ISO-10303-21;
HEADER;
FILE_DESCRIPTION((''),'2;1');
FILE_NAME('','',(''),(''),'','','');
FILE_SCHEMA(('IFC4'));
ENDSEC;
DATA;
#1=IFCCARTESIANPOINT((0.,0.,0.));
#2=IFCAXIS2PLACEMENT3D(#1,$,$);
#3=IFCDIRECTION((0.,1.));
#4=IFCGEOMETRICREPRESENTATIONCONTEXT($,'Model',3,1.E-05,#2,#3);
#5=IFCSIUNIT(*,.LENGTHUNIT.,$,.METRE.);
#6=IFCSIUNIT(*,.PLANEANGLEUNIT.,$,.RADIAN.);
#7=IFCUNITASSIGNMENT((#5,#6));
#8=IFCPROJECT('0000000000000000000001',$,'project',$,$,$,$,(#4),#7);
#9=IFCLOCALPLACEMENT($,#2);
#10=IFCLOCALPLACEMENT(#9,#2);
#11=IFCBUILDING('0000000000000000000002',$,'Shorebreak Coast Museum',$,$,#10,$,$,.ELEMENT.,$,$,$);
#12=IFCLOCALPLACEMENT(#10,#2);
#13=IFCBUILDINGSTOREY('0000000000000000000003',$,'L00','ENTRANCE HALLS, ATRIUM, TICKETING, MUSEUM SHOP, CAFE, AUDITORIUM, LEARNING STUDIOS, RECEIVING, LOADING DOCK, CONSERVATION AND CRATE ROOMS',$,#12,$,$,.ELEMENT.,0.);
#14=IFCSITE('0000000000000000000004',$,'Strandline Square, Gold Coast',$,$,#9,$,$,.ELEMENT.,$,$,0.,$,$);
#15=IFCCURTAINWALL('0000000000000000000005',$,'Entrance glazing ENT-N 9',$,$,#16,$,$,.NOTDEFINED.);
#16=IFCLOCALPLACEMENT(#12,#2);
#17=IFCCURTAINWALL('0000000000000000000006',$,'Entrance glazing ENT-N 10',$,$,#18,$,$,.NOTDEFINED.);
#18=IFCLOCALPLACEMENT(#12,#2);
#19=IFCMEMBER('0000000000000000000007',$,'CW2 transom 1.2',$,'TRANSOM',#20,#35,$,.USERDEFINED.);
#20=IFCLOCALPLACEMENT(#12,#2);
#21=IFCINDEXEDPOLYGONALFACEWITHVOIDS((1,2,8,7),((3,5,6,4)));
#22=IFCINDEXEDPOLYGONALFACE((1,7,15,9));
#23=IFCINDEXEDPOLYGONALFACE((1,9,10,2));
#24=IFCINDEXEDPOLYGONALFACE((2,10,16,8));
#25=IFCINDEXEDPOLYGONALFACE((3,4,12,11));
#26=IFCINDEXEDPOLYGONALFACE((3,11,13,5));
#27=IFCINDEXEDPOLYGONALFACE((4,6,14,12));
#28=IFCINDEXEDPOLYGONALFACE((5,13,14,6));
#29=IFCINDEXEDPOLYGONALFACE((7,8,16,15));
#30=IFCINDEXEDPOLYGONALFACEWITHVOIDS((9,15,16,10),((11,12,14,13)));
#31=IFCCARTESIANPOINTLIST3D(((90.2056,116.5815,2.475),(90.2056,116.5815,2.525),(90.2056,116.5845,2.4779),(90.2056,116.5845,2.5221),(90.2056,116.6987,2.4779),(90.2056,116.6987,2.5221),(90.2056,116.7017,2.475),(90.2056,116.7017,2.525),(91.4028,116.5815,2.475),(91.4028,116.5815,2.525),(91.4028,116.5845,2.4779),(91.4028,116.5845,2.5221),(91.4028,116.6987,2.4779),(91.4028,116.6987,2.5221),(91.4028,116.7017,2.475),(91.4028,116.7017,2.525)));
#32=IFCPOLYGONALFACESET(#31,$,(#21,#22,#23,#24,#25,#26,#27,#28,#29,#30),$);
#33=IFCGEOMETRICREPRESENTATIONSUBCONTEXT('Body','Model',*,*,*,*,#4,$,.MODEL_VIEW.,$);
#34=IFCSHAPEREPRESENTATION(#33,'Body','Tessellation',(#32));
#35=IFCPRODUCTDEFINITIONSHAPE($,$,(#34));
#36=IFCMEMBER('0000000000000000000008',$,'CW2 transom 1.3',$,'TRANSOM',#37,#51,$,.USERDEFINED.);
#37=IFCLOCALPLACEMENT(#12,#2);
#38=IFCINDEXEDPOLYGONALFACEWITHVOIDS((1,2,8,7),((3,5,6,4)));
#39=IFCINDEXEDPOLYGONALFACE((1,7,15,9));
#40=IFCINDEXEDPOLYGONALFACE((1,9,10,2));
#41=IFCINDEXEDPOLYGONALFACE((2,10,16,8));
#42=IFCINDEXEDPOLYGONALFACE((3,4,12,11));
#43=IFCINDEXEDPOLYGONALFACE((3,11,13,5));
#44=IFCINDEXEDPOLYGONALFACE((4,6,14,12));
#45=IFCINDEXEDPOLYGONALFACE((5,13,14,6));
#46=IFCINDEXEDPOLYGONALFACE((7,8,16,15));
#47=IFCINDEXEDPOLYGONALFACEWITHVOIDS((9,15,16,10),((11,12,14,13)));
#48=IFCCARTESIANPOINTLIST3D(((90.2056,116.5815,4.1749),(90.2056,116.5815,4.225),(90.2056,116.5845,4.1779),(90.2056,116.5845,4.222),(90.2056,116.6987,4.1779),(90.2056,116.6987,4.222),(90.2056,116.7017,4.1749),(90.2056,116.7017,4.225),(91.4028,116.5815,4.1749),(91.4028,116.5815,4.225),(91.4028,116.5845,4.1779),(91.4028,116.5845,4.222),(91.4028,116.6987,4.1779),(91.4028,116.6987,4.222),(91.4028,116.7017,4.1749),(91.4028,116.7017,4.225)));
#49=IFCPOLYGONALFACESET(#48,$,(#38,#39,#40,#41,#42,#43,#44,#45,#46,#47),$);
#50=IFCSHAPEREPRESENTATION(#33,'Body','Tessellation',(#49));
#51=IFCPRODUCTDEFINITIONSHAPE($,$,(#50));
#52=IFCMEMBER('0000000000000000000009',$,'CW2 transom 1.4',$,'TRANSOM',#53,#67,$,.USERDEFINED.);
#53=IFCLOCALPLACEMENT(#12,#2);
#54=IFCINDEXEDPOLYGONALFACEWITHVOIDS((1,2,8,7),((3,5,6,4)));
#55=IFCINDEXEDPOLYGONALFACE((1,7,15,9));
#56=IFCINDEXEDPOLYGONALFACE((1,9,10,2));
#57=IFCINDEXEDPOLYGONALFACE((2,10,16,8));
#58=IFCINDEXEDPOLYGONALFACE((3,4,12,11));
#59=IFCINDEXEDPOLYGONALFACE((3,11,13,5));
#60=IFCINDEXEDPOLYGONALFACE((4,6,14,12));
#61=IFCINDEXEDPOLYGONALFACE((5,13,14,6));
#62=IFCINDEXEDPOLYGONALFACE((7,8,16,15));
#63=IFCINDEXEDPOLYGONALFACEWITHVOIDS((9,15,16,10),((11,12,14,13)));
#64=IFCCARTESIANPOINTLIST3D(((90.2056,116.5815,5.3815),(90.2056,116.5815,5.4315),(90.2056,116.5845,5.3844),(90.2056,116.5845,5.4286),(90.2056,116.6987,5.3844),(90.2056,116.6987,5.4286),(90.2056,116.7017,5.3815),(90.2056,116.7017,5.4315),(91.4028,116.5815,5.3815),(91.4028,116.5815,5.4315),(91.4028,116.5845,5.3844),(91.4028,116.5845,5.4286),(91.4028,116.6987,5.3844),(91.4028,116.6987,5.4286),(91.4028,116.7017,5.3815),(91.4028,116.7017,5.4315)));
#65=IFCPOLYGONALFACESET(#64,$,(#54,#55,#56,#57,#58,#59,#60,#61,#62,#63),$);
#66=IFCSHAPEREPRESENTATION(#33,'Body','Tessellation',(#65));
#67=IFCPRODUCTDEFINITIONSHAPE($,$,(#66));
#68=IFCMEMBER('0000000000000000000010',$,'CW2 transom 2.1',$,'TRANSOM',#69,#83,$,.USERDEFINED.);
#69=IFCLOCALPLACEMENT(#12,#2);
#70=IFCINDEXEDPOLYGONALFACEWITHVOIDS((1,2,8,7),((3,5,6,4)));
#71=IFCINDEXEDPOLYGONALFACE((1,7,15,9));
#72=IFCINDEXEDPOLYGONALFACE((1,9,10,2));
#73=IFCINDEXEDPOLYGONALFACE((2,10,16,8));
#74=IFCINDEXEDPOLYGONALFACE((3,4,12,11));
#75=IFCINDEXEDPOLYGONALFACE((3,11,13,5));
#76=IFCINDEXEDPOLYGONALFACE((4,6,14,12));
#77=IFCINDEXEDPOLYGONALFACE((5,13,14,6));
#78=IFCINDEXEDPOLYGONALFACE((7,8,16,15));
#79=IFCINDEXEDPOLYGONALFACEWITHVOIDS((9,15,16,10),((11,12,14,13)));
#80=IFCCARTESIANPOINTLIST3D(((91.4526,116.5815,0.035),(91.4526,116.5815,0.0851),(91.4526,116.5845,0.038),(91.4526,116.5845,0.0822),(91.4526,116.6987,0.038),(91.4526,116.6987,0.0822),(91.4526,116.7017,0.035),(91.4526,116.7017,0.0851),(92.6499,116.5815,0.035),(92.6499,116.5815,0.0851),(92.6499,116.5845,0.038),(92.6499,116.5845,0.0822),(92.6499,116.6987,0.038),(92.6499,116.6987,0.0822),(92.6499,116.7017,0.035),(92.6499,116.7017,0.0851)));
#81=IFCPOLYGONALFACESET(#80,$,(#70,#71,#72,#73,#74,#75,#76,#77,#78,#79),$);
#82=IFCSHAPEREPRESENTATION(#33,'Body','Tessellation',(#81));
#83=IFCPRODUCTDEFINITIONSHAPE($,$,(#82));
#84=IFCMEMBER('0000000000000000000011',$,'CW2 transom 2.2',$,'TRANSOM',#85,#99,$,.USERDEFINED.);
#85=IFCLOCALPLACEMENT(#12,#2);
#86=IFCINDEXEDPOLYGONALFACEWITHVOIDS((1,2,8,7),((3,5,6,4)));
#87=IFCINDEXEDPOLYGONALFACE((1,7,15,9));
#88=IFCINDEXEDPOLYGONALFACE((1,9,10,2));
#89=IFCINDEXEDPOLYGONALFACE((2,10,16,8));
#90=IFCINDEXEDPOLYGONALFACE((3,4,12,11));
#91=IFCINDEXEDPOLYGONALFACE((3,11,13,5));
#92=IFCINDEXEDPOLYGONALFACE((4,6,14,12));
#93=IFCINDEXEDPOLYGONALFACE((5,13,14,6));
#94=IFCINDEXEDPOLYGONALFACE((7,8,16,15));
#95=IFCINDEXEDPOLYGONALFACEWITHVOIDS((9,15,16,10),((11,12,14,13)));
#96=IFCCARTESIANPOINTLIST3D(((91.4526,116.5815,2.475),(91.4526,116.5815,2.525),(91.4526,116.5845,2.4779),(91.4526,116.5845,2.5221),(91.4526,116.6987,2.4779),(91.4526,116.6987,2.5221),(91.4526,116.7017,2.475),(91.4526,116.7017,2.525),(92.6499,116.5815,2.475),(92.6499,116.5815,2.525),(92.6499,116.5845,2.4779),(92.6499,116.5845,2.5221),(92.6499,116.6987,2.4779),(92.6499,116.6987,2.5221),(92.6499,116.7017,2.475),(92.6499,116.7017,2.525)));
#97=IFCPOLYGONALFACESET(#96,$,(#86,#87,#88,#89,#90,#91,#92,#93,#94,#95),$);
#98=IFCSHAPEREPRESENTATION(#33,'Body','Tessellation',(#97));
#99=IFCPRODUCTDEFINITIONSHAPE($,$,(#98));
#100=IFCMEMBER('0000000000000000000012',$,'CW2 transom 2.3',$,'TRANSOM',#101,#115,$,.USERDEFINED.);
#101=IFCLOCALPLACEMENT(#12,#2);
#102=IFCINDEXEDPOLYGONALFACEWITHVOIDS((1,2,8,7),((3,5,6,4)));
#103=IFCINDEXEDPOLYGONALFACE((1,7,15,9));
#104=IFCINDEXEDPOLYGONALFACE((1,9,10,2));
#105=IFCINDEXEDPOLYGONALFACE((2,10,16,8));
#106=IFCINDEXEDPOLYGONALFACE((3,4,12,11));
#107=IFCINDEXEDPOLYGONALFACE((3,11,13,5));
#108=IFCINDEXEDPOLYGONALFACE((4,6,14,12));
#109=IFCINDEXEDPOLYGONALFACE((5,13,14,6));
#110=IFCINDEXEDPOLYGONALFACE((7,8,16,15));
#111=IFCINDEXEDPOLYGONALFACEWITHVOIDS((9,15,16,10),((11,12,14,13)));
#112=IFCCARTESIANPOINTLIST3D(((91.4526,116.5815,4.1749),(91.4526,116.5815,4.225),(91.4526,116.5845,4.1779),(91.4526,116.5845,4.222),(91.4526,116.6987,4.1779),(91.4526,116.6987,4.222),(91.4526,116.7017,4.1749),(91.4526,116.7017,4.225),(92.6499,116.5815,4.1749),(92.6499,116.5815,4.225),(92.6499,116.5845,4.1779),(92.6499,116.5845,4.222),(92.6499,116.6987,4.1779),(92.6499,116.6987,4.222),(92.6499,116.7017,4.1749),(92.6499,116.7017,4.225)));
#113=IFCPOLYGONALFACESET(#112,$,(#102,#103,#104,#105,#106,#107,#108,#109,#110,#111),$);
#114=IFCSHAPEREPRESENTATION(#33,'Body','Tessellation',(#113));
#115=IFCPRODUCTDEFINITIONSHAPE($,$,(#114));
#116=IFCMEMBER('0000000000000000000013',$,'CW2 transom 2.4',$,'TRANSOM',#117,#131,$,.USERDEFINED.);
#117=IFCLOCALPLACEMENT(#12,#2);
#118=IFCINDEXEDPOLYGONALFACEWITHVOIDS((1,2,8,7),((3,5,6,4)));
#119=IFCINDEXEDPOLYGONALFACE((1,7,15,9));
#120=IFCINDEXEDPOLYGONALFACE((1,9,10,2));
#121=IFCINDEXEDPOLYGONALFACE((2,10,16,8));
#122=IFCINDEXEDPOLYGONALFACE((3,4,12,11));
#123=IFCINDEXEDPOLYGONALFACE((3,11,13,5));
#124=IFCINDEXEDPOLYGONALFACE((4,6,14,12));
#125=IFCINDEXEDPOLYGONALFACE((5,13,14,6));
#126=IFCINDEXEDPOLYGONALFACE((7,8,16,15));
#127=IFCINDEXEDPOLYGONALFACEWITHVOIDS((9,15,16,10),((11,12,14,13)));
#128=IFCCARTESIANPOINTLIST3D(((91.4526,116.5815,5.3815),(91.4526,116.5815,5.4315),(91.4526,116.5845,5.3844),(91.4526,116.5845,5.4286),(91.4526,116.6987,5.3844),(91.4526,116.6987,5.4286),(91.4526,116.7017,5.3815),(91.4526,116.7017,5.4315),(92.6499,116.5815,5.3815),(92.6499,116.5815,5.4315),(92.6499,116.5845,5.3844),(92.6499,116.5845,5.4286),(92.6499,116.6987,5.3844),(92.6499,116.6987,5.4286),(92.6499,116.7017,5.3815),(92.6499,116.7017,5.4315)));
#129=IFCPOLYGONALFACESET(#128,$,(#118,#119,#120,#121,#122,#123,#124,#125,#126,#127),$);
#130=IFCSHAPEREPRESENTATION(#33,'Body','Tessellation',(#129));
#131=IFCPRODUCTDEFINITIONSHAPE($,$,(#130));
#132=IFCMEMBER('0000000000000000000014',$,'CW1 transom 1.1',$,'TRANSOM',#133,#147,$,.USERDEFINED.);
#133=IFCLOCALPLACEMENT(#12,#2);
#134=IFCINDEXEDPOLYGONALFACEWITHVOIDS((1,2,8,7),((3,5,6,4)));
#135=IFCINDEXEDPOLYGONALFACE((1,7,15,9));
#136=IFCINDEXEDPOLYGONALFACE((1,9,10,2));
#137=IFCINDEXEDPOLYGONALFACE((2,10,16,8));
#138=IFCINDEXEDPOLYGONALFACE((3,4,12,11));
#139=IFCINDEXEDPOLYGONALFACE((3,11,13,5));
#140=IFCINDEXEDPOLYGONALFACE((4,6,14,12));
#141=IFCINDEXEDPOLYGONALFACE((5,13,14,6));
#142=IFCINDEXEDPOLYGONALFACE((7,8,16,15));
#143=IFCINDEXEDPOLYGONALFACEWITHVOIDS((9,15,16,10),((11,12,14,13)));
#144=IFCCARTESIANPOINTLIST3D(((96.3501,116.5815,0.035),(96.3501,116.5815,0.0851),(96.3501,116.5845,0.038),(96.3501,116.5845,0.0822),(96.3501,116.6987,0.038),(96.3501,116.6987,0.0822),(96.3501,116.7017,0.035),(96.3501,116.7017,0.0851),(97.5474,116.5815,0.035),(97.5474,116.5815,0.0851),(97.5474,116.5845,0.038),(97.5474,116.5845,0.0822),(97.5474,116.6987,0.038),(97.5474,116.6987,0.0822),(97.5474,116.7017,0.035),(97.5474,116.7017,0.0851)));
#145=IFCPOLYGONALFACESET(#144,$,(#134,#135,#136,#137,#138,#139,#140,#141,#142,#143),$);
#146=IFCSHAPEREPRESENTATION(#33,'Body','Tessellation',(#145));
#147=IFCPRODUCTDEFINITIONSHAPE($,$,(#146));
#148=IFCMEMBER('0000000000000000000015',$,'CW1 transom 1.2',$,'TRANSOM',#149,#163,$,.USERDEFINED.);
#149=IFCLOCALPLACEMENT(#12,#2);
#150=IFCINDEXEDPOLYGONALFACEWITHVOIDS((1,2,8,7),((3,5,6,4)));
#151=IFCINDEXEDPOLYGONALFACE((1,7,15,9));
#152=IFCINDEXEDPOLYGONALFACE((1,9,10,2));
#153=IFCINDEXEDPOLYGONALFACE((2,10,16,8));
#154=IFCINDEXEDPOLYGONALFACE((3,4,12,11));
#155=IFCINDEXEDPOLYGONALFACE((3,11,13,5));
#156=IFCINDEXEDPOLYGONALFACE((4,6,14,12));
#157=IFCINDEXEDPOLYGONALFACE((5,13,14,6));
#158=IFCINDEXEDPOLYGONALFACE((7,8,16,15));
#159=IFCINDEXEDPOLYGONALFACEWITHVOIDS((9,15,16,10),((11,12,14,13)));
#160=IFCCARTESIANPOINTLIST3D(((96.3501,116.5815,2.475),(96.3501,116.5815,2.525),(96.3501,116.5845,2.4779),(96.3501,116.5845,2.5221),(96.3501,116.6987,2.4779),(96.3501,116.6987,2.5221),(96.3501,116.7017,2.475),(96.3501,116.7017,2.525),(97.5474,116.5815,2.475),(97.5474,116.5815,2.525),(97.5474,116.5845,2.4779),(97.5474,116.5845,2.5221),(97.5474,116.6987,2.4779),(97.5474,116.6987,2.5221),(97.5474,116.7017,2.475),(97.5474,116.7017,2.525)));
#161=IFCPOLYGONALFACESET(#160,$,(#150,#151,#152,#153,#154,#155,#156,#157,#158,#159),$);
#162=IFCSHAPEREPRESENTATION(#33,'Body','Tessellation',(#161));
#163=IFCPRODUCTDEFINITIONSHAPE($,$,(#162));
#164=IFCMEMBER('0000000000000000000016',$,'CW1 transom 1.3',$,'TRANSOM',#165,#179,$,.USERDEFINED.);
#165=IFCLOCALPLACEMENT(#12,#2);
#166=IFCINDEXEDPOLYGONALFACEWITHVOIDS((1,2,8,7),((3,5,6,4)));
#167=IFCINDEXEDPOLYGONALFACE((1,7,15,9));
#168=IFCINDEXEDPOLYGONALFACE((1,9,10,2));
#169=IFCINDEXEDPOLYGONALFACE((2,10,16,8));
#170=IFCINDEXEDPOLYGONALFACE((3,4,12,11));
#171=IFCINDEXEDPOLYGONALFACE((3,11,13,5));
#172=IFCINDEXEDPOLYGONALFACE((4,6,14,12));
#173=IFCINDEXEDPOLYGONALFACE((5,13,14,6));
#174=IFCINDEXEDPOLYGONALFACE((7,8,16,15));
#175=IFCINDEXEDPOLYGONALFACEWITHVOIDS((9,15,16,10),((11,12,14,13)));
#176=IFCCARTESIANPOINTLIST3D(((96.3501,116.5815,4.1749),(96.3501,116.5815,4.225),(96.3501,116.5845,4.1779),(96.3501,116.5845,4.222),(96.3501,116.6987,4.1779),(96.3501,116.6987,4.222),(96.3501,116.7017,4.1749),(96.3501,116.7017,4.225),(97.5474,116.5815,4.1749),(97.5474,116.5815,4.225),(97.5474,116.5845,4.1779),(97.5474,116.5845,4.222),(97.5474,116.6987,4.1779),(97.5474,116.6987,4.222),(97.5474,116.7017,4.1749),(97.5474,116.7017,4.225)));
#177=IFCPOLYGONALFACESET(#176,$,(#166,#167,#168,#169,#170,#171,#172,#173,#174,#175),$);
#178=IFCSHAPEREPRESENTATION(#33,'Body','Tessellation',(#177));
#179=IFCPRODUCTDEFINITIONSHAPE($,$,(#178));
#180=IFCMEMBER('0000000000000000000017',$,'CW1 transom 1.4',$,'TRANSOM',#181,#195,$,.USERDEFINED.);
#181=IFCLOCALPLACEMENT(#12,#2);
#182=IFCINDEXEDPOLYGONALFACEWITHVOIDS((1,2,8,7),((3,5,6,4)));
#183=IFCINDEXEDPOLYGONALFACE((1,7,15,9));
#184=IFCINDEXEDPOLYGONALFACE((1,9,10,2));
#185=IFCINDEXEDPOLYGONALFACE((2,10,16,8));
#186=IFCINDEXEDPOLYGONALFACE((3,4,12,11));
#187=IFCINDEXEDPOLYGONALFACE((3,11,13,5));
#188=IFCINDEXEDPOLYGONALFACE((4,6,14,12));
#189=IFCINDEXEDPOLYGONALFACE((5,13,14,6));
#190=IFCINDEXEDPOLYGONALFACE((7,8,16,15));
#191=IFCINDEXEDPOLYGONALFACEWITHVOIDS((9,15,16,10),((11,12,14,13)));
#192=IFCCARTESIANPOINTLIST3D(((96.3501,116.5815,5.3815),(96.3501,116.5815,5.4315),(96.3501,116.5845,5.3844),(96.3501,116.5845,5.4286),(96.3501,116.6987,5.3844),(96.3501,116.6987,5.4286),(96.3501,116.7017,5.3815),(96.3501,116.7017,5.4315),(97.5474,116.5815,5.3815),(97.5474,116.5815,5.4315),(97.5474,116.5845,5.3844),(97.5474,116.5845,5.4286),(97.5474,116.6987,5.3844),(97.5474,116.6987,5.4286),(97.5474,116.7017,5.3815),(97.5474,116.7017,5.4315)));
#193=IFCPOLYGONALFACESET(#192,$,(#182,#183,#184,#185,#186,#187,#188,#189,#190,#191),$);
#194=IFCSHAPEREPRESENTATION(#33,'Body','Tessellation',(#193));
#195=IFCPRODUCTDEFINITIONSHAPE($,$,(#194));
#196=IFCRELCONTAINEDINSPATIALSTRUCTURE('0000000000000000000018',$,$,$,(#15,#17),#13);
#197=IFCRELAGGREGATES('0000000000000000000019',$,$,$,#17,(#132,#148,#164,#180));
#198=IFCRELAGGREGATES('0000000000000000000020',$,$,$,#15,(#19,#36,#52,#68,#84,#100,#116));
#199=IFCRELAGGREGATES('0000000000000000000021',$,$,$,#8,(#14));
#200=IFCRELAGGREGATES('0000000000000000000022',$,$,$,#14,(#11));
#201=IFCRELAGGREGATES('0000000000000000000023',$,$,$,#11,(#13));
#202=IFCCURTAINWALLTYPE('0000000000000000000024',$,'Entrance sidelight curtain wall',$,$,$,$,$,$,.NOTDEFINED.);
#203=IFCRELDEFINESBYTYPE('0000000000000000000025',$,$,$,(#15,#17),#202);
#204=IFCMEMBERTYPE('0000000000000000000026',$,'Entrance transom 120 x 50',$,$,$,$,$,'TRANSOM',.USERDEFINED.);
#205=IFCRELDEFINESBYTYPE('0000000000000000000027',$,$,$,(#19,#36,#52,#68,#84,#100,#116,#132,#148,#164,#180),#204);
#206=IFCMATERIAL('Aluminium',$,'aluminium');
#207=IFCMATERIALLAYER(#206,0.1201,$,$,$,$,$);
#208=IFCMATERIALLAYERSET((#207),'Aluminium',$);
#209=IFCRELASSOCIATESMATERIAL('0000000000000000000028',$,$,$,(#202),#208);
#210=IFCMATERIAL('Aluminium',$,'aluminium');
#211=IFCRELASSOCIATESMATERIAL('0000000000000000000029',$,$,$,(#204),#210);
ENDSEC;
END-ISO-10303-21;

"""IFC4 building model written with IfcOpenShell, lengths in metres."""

from ifc_helpers import new_model, si_unit, direction, frame, origin, origin_2d, place, context, subcontext, project, spatial, hollow_rectangle, extrude, material, layer, layer_set, material_profile, profile_set, type_object, element, aggregate, save


model = new_model("IFC4")

# Units and contexts
model_context = context("Model", 3, precision=1e-05, world=origin(), true_north=direction((0.0, 1.0)))
body_context = subcontext(model_context, "Body", "Model", "MODEL_VIEW")
ifc_project = project(units=[si_unit("LENGTHUNIT", "METRE"), si_unit("PLANEANGLEUNIT", "RADIAN")], contexts=[model_context])

# Site, building, storey
site_placement = place(None, origin())
site = spatial("IfcSite", under=ifc_project, at=site_placement, Name="Strandline Square, Gold Coast", CompositionType="ELEMENT", RefElevation=0.0)
building_placement = place(site_placement, origin())
building = spatial("IfcBuilding", under=site, at=building_placement, Name="Shorebreak Coast Museum", CompositionType="ELEMENT")
storey_placement = place(building_placement, origin())
storey = spatial("IfcBuildingStorey", under=building, at=storey_placement, Name="L00", Description="ENTRANCE HALLS, ATRIUM, TICKETING, MUSEUM SHOP, CAFE, AUDITORIUM, LEARNING STUDIOS, RECEIVING, LOADING DOCK, CONSERVATION AND CRATE ROOMS", CompositionType="ELEMENT", Elevation=0.0)

# Curtain wall
ifc_material_1 = material(Name="Aluminium", Category="aluminium")
ifc_layer_1 = layer(ifc_material_1, 0.1201)
ifc_layer_set_1 = layer_set([ifc_layer_1], Name="Aluminium")
curtain_wall_type = type_object("IfcCurtainWallType", Name="Entrance sidelight curtain wall", PredefinedType="NOTDEFINED", material=ifc_layer_set_1)
curtain_wall_1_placement = place(storey_placement, origin())
curtain_wall_1 = element("IfcCurtainWall", 1, at=curtain_wall_1_placement, inside=storey, type_object=curtain_wall_type, Name="Entrance glazing ENT-N 9", PredefinedType="NOTDEFINED")

# Curtain wall
curtain_wall_2_placement = place(storey_placement, origin())
curtain_wall_2 = element("IfcCurtainWall", 2, at=curtain_wall_2_placement, inside=storey, type_object=curtain_wall_type, Name="Entrance glazing ENT-N 10", PredefinedType="NOTDEFINED")

# Members
ifc_material_2 = material(Name="Aluminium", Category="aluminium")
ifc_material_profile_1 = material_profile(ifc_material_2, hollow_rectangle(XDim=0.1201, YDim=0.05, WallThickness=0.0029, at=origin_2d()), Name="AL 50x120 RHS")
ifc_profile_set_1 = profile_set([ifc_material_profile_1], Name="Aluminium")
member_type_1 = type_object("IfcMemberType", Name="Entrance transom 120 x 50", ElementType="TRANSOM", PredefinedType="USERDEFINED", material=ifc_profile_set_1)
member_1_placement = place(storey_placement, frame((90.2056, 116.6416, 2.5), z_axis=(1.0, 0.0, 0.0), x_axis=(0.0, 1.0, 0.0)))
member_1 = element("IfcMember", 3, at=member_1_placement, type_object=member_type_1, Name="CW2 transom 1.2", ObjectType="TRANSOM", PredefinedType="USERDEFINED", context=body_context, shape_type="SweptSolid", body=[
    extrude(hollow_rectangle(XDim=0.1201, YDim=0.05, WallThickness=0.0029, at=origin_2d()), origin(), (0.0, 0.0, 1.0), 1.1973),
])
member_2_placement = place(storey_placement, frame((90.2056, 116.6416, 4.2), z_axis=(1.0, 0.0, 0.0), x_axis=(0.0, 1.0, 0.0)))
member_2 = element("IfcMember", 4, at=member_2_placement, type_object=member_type_1, Name="CW2 transom 1.3", ObjectType="TRANSOM", PredefinedType="USERDEFINED", context=body_context, shape_type="SweptSolid", body=[
    extrude(hollow_rectangle(XDim=0.1201, YDim=0.05, WallThickness=0.0029, at=origin_2d()), origin(), (0.0, 0.0, 1.0), 1.1973),
])
member_3_placement = place(storey_placement, frame((90.2056, 116.6416, 5.4065), z_axis=(1.0, 0.0, 0.0), x_axis=(0.0, 1.0, 0.0)))
member_3 = element("IfcMember", 5, at=member_3_placement, type_object=member_type_1, Name="CW2 transom 1.4", ObjectType="TRANSOM", PredefinedType="USERDEFINED", context=body_context, shape_type="SweptSolid", body=[
    extrude(hollow_rectangle(XDim=0.1201, YDim=0.05, WallThickness=0.0029, at=origin_2d()), origin(), (0.0, 0.0, 1.0), 1.1973),
])
member_4_placement = place(storey_placement, frame((91.4526, 116.6416, 0.0601), z_axis=(1.0, 0.0, 0.0), x_axis=(0.0, 1.0, 0.0)))
member_4 = element("IfcMember", 6, at=member_4_placement, type_object=member_type_1, Name="CW2 transom 2.1", ObjectType="TRANSOM", PredefinedType="USERDEFINED", context=body_context, shape_type="SweptSolid", body=[
    extrude(hollow_rectangle(XDim=0.1201, YDim=0.05, WallThickness=0.0029, at=origin_2d()), origin(), (0.0, 0.0, 1.0), 1.1973),
])
member_5_placement = place(storey_placement, frame((91.4526, 116.6416, 2.5), z_axis=(1.0, 0.0, 0.0), x_axis=(0.0, 1.0, 0.0)))
member_5 = element("IfcMember", 7, at=member_5_placement, type_object=member_type_1, Name="CW2 transom 2.2", ObjectType="TRANSOM", PredefinedType="USERDEFINED", context=body_context, shape_type="SweptSolid", body=[
    extrude(hollow_rectangle(XDim=0.1201, YDim=0.05, WallThickness=0.0029, at=origin_2d()), origin(), (0.0, 0.0, 1.0), 1.1973),
])
member_6_placement = place(storey_placement, frame((91.4526, 116.6416, 4.2), z_axis=(1.0, 0.0, 0.0), x_axis=(0.0, 1.0, 0.0)))
member_6 = element("IfcMember", 8, at=member_6_placement, type_object=member_type_1, Name="CW2 transom 2.3", ObjectType="TRANSOM", PredefinedType="USERDEFINED", context=body_context, shape_type="SweptSolid", body=[
    extrude(hollow_rectangle(XDim=0.1201, YDim=0.05, WallThickness=0.0029, at=origin_2d()), origin(), (0.0, 0.0, 1.0), 1.1973),
])
member_7_placement = place(storey_placement, frame((91.4526, 116.6416, 5.4065), z_axis=(1.0, 0.0, 0.0), x_axis=(0.0, 1.0, 0.0)))
member_7 = element("IfcMember", 9, at=member_7_placement, type_object=member_type_1, Name="CW2 transom 2.4", ObjectType="TRANSOM", PredefinedType="USERDEFINED", context=body_context, shape_type="SweptSolid", body=[
    extrude(hollow_rectangle(XDim=0.1201, YDim=0.05, WallThickness=0.0029, at=origin_2d()), origin(), (0.0, 0.0, 1.0), 1.1973),
])
member_8_placement = place(storey_placement, frame((96.3501, 116.6416, 0.0601), z_axis=(1.0, 0.0, 0.0), x_axis=(0.0, 1.0, 0.0)))
member_8 = element("IfcMember", 10, at=member_8_placement, type_object=member_type_1, Name="CW1 transom 1.1", ObjectType="TRANSOM", PredefinedType="USERDEFINED", context=body_context, shape_type="SweptSolid", body=[
    extrude(hollow_rectangle(XDim=0.1201, YDim=0.05, WallThickness=0.0029, at=origin_2d()), origin(), (0.0, 0.0, 1.0), 1.1973),
])
member_9_placement = place(storey_placement, frame((96.3501, 116.6416, 2.5), z_axis=(1.0, 0.0, 0.0), x_axis=(0.0, 1.0, 0.0)))
member_9 = element("IfcMember", 11, at=member_9_placement, type_object=member_type_1, Name="CW1 transom 1.2", ObjectType="TRANSOM", PredefinedType="USERDEFINED", context=body_context, shape_type="SweptSolid", body=[
    extrude(hollow_rectangle(XDim=0.1201, YDim=0.05, WallThickness=0.0029, at=origin_2d()), origin(), (0.0, 0.0, 1.0), 1.1973),
])
member_10_placement = place(storey_placement, frame((96.3501, 116.6416, 4.2), z_axis=(1.0, 0.0, 0.0), x_axis=(0.0, 1.0, 0.0)))
member_10 = element("IfcMember", 12, at=member_10_placement, type_object=member_type_1, Name="CW1 transom 1.3", ObjectType="TRANSOM", PredefinedType="USERDEFINED", context=body_context, shape_type="SweptSolid", body=[
    extrude(hollow_rectangle(XDim=0.1201, YDim=0.05, WallThickness=0.0029, at=origin_2d()), origin(), (0.0, 0.0, 1.0), 1.1973),
])
member_11_placement = place(storey_placement, frame((96.3501, 116.6416, 5.4065), z_axis=(1.0, 0.0, 0.0), x_axis=(0.0, 1.0, 0.0)))
member_11 = element("IfcMember", 13, at=member_11_placement, type_object=member_type_1, Name="CW1 transom 1.4", ObjectType="TRANSOM", PredefinedType="USERDEFINED", context=body_context, shape_type="SweptSolid", body=[
    extrude(hollow_rectangle(XDim=0.1201, YDim=0.05, WallThickness=0.0029, at=origin_2d()), origin(), (0.0, 0.0, 1.0), 1.1973),
])
aggregate(curtain_wall_2, [member_8, member_9, member_10, member_11])

aggregate(curtain_wall_1, [member_1, member_2, member_3, member_4, member_5, member_6, member_7])

save(model, "model.ifc")
